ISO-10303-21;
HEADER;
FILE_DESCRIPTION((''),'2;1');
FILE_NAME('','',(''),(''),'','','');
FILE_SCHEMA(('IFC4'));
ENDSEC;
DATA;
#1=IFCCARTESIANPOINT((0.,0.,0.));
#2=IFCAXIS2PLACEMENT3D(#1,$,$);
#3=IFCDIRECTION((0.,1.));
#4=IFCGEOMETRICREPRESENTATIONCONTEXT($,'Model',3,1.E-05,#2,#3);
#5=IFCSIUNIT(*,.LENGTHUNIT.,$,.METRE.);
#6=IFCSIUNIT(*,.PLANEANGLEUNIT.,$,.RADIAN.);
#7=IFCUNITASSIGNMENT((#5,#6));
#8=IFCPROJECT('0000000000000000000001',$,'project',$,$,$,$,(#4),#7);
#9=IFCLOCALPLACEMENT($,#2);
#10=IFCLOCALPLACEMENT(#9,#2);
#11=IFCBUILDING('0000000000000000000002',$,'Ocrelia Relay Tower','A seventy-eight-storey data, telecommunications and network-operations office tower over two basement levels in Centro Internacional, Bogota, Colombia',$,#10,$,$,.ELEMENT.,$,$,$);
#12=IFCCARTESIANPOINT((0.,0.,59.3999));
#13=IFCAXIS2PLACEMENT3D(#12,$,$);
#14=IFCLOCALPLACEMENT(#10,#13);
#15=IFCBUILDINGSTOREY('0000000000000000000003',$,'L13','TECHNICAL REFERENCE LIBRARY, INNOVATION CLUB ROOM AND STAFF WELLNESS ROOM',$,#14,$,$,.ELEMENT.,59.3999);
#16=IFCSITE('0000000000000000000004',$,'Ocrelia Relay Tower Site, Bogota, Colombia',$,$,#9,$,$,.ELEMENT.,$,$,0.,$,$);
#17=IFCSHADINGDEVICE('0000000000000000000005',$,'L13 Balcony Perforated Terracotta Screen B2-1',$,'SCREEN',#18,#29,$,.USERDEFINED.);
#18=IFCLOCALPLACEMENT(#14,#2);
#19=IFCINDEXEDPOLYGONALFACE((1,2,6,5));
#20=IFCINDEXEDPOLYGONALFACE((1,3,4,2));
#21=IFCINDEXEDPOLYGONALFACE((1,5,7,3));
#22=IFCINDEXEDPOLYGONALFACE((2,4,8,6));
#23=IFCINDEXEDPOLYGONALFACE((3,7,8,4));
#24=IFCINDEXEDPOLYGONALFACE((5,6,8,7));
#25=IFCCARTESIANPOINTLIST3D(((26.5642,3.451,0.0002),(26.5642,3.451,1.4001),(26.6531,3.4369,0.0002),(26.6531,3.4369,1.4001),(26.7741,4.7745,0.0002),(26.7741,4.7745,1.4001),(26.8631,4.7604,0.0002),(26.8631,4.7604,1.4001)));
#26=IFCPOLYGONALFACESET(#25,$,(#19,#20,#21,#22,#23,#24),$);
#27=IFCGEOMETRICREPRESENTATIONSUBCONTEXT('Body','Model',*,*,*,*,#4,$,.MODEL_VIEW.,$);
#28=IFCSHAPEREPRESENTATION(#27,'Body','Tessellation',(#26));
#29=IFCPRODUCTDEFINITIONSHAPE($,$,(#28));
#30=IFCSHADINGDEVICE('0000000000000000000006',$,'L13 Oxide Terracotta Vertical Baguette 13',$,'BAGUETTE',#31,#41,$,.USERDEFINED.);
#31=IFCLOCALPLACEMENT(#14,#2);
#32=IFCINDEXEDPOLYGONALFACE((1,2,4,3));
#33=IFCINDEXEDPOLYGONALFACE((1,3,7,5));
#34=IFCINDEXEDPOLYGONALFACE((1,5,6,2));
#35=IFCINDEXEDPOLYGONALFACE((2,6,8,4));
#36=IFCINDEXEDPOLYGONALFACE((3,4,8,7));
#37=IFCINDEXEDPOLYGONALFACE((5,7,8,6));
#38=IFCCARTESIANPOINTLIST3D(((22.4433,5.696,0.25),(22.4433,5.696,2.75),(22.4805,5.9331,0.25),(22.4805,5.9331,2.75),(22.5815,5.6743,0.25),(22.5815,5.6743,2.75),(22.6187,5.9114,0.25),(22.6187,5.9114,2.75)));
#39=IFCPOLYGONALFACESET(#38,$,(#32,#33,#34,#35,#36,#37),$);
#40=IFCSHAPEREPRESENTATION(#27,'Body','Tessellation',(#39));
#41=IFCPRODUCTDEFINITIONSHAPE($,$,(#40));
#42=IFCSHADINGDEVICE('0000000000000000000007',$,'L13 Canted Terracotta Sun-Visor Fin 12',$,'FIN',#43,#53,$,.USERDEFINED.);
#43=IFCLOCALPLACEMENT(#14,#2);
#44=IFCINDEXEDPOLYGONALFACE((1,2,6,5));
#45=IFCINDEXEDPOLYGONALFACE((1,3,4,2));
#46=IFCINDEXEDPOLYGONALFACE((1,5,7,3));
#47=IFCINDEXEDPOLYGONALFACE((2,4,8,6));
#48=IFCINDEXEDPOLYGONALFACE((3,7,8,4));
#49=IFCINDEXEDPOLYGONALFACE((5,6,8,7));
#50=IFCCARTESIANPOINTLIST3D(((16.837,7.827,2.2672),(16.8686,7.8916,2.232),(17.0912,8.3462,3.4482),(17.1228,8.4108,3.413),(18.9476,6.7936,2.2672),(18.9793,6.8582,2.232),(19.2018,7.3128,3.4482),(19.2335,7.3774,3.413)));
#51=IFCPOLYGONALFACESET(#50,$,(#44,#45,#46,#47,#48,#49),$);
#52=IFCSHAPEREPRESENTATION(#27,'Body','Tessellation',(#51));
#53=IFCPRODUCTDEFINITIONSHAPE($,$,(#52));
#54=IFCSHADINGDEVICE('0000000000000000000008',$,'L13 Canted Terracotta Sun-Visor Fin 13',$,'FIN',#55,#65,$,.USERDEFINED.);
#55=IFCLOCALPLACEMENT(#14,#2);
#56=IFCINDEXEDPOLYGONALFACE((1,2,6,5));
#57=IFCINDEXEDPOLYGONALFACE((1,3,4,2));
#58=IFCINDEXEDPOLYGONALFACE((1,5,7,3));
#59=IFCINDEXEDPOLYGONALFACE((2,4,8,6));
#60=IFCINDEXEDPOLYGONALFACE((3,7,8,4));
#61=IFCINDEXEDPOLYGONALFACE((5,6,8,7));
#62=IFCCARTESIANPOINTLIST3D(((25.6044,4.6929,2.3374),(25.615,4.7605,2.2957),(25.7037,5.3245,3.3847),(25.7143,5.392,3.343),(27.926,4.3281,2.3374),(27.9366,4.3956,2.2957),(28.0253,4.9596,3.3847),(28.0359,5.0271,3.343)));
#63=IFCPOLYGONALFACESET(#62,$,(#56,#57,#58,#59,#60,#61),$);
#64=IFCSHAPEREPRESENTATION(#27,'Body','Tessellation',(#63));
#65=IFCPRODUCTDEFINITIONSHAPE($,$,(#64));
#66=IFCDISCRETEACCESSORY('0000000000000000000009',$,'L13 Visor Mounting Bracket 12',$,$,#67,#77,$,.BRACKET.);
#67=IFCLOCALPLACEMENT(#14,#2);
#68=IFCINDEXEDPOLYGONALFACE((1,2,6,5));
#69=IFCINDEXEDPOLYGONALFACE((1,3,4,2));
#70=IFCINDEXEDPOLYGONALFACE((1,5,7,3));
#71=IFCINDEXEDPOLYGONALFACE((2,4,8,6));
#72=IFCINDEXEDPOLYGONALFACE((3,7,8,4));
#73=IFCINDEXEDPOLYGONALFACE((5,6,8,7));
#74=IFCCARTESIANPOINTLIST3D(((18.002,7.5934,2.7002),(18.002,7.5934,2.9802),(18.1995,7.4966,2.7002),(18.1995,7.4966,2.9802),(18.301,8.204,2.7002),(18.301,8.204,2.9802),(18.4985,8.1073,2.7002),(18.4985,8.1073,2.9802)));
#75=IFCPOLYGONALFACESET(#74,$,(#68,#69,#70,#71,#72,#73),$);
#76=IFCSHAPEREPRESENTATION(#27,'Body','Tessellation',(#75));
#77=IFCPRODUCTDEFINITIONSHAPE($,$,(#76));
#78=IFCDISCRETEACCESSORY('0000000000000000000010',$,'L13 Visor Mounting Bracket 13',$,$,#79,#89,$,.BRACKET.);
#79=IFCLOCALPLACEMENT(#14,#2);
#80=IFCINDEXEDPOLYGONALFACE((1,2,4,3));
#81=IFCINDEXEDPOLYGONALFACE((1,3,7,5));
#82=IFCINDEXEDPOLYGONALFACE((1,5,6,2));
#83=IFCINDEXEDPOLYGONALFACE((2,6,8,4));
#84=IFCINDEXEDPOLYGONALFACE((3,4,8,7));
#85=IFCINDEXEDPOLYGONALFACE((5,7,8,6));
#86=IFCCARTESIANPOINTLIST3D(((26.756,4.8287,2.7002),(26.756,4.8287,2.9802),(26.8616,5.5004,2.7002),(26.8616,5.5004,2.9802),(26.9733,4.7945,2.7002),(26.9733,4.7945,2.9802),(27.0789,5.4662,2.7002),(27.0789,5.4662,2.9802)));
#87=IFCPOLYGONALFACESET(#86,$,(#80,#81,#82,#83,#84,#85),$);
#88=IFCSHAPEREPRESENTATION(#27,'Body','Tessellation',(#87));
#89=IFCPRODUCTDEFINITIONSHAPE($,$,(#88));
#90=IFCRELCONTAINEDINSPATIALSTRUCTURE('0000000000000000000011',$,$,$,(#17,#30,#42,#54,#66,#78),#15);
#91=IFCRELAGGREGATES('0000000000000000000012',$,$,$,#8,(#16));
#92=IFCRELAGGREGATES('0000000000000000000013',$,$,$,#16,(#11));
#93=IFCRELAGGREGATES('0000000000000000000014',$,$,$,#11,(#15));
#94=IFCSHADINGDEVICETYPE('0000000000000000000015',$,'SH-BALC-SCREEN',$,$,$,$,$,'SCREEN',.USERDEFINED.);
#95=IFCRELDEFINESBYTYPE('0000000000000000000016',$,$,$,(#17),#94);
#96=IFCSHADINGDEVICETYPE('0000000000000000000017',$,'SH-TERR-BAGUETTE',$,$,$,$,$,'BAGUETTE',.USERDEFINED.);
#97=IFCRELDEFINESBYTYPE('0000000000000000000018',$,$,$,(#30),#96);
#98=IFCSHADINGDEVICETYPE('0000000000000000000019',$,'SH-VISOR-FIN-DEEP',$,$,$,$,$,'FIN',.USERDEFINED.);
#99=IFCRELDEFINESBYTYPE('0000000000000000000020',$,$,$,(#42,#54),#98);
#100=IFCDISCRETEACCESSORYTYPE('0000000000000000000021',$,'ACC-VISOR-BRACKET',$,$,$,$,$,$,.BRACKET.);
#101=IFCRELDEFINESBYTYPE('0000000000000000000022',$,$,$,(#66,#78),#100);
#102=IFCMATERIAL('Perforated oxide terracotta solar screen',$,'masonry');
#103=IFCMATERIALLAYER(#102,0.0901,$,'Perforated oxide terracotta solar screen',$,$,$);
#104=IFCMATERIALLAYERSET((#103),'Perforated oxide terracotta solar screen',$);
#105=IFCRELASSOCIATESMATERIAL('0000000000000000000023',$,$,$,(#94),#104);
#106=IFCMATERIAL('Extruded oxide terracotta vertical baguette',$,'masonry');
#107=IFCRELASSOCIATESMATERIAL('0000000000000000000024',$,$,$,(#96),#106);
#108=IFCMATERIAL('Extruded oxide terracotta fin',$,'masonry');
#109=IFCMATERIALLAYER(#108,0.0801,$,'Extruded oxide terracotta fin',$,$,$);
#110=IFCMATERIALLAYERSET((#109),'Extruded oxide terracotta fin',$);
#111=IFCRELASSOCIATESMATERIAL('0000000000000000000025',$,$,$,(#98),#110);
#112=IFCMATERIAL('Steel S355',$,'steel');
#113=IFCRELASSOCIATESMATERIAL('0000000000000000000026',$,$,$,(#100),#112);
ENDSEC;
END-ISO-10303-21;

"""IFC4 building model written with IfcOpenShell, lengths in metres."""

from ifc_helpers import new_model, si_unit, direction, frame, origin, origin_2d, place, context, subcontext, project, spatial, rectangle, extrude, material, layer, layer_set, type_object, element, save


model = new_model("IFC4")

# Units and contexts
model_context = context("Model", 3, precision=1e-05, world=origin(), true_north=direction((0.0, 1.0)))
body_context = subcontext(model_context, "Body", "Model", "MODEL_VIEW")
ifc_project = project(units=[si_unit("LENGTHUNIT", "METRE"), si_unit("PLANEANGLEUNIT", "RADIAN")], contexts=[model_context])

# Site, building, storey
site_placement = place(None, origin())
site = spatial("IfcSite", under=ifc_project, at=site_placement, Name="Ocrelia Relay Tower Site, Bogota, Colombia", CompositionType="ELEMENT", RefElevation=0.0)
building_placement = place(site_placement, origin())
building = spatial("IfcBuilding", under=site, at=building_placement, Name="Ocrelia Relay Tower", Description="A seventy-eight-storey data, telecommunications and network-operations office tower over two basement levels in Centro Internacional, Bogota, Colombia", CompositionType="ELEMENT")
storey_placement = place(building_placement, frame((0.0, 0.0, 59.3999)))
storey = spatial("IfcBuildingStorey", under=building, at=storey_placement, Name="L13", Description="TECHNICAL REFERENCE LIBRARY, INNOVATION CLUB ROOM AND STAFF WELLNESS ROOM", CompositionType="ELEMENT", Elevation=59.3999)

# Shared definitions
ifc_material_1 = material(Name="Steel S355", Category="steel")

# Shading devices
ifc_material_2 = material(Name="Perforated oxide terracotta solar screen", Category="masonry")
ifc_layer_1 = layer(ifc_material_2, 0.0901, Name="Perforated oxide terracotta solar screen")
ifc_layer_set_1 = layer_set([ifc_layer_1], Name="Perforated oxide terracotta solar screen")
shading_device_type_1 = type_object("IfcShadingDeviceType", Name="SH-BALC-SCREEN", ElementType="SCREEN", PredefinedType="USERDEFINED", material=ifc_layer_set_1)
shading_device_1_placement = place(storey_placement, frame((26.7136, 4.1057, 0.0002), z_axis=(0.0, 0.0, 1.0), x_axis=(-0.156655, -0.987653, 0.0)))
element("IfcShadingDevice", 1, at=shading_device_1_placement, inside=storey, type_object=shading_device_type_1, Name="L13 Balcony Perforated Terracotta Screen B2-1", ObjectType="SCREEN", PredefinedType="USERDEFINED", context=body_context, shape_type="SweptSolid", body=[
    extrude(rectangle(XDim=1.3401, YDim=0.0901, at=origin_2d()), origin(), (0.0, 0.0, 1.0), 1.3999),
])
ifc_material_3 = material(Name="Extruded oxide terracotta vertical baguette", Category="masonry")
shading_device_type_2 = type_object("IfcShadingDeviceType", Name="SH-TERR-BAGUETTE", ElementType="BAGUETTE", PredefinedType="USERDEFINED", material=ifc_material_3)
shading_device_2_placement = place(storey_placement, frame((22.531, 5.8037, 0.25), z_axis=(0.0, 0.0, 1.0), x_axis=(0.987873, -0.155265, 0.0)))
element("IfcShadingDevice", 2, at=shading_device_2_placement, inside=storey, type_object=shading_device_type_2, Name="L13 Oxide Terracotta Vertical Baguette 13", ObjectType="BAGUETTE", PredefinedType="USERDEFINED", context=body_context, shape_type="SweptSolid", body=[
    extrude(rectangle(XDim=0.1399, YDim=0.24, at=origin_2d()), origin(), (0.0, 0.0, 1.0), 2.5),
])
ifc_material_4 = material(Name="Extruded oxide terracotta fin", Category="masonry")
ifc_layer_2 = layer(ifc_material_4, 0.0801, Name="Extruded oxide terracotta fin")
ifc_layer_set_2 = layer_set([ifc_layer_2], Name="Extruded oxide terracotta fin")
shading_device_type_3 = type_object("IfcShadingDeviceType", Name="SH-VISOR-FIN-DEEP", ElementType="FIN", PredefinedType="USERDEFINED", material=ifc_layer_set_2)
shading_device_3_placement = place(storey_placement, frame((18.051, 7.6345, 2.8225), z_axis=(-0.394968, -0.806678, 0.439626), x_axis=(0.898124, -0.439742, 0.0)))
element("IfcShadingDevice", 3, at=shading_device_3_placement, inside=storey, type_object=shading_device_type_3, Name="L13 Canted Terracotta Sun-Visor Fin 12", ObjectType="FIN", PredefinedType="USERDEFINED", context=body_context, shape_type="SweptSolid", body=[
    extrude(rectangle(XDim=2.3501, YDim=1.3149, at=origin_2d()), origin(), (0.0, 0.0, 1.0), 0.0801),
])
shading_device_4_placement = place(storey_placement, frame((26.8254, 4.8938, 2.8193), z_axis=(-0.132527, -0.8432, 0.52101), x_axis=(0.987873, -0.155265, 0.0)))
element("IfcShadingDevice", 4, at=shading_device_4_placement, inside=storey, type_object=shading_device_type_3, Name="L13 Canted Terracotta Sun-Visor Fin 13", ObjectType="FIN", PredefinedType="USERDEFINED", context=body_context, shape_type="SweptSolid", body=[
    extrude(rectangle(XDim=2.3501, YDim=1.2271, at=origin_2d()), origin(), (0.0, 0.0, 1.0), 0.0801),
])

# Discrete accessories
discrete_accessory_type = type_object("IfcDiscreteAccessoryType", Name="ACC-VISOR-BRACKET", PredefinedType="BRACKET", material=ifc_material_1)
for number, where, z_axis, x_axis, name in (
    (5, (18.2502, 7.8503, 2.7002), (0.0, 0.0, 1.0), (0.898124, -0.439742, 0.0), "L13 Visor Mounting Bracket 12"),
    (6, (26.9175, 5.1475, 2.7002), (0.0, 0.0, 1.0), (0.987873, -0.155265, 0.0), "L13 Visor Mounting Bracket 13"),
):
    element("IfcDiscreteAccessory", number, at=place(storey_placement, frame(where, z_axis=z_axis, x_axis=x_axis)), inside=storey, type_object=discrete_accessory_type, Name=name, PredefinedType="BRACKET", context=body_context, shape_type="SweptSolid", body=[
        extrude(rectangle(XDim=0.22, YDim=0.6799, at=origin_2d()), origin(), (0.0, 0.0, 1.0), 0.28),
    ])

save(model, "model.ifc")
